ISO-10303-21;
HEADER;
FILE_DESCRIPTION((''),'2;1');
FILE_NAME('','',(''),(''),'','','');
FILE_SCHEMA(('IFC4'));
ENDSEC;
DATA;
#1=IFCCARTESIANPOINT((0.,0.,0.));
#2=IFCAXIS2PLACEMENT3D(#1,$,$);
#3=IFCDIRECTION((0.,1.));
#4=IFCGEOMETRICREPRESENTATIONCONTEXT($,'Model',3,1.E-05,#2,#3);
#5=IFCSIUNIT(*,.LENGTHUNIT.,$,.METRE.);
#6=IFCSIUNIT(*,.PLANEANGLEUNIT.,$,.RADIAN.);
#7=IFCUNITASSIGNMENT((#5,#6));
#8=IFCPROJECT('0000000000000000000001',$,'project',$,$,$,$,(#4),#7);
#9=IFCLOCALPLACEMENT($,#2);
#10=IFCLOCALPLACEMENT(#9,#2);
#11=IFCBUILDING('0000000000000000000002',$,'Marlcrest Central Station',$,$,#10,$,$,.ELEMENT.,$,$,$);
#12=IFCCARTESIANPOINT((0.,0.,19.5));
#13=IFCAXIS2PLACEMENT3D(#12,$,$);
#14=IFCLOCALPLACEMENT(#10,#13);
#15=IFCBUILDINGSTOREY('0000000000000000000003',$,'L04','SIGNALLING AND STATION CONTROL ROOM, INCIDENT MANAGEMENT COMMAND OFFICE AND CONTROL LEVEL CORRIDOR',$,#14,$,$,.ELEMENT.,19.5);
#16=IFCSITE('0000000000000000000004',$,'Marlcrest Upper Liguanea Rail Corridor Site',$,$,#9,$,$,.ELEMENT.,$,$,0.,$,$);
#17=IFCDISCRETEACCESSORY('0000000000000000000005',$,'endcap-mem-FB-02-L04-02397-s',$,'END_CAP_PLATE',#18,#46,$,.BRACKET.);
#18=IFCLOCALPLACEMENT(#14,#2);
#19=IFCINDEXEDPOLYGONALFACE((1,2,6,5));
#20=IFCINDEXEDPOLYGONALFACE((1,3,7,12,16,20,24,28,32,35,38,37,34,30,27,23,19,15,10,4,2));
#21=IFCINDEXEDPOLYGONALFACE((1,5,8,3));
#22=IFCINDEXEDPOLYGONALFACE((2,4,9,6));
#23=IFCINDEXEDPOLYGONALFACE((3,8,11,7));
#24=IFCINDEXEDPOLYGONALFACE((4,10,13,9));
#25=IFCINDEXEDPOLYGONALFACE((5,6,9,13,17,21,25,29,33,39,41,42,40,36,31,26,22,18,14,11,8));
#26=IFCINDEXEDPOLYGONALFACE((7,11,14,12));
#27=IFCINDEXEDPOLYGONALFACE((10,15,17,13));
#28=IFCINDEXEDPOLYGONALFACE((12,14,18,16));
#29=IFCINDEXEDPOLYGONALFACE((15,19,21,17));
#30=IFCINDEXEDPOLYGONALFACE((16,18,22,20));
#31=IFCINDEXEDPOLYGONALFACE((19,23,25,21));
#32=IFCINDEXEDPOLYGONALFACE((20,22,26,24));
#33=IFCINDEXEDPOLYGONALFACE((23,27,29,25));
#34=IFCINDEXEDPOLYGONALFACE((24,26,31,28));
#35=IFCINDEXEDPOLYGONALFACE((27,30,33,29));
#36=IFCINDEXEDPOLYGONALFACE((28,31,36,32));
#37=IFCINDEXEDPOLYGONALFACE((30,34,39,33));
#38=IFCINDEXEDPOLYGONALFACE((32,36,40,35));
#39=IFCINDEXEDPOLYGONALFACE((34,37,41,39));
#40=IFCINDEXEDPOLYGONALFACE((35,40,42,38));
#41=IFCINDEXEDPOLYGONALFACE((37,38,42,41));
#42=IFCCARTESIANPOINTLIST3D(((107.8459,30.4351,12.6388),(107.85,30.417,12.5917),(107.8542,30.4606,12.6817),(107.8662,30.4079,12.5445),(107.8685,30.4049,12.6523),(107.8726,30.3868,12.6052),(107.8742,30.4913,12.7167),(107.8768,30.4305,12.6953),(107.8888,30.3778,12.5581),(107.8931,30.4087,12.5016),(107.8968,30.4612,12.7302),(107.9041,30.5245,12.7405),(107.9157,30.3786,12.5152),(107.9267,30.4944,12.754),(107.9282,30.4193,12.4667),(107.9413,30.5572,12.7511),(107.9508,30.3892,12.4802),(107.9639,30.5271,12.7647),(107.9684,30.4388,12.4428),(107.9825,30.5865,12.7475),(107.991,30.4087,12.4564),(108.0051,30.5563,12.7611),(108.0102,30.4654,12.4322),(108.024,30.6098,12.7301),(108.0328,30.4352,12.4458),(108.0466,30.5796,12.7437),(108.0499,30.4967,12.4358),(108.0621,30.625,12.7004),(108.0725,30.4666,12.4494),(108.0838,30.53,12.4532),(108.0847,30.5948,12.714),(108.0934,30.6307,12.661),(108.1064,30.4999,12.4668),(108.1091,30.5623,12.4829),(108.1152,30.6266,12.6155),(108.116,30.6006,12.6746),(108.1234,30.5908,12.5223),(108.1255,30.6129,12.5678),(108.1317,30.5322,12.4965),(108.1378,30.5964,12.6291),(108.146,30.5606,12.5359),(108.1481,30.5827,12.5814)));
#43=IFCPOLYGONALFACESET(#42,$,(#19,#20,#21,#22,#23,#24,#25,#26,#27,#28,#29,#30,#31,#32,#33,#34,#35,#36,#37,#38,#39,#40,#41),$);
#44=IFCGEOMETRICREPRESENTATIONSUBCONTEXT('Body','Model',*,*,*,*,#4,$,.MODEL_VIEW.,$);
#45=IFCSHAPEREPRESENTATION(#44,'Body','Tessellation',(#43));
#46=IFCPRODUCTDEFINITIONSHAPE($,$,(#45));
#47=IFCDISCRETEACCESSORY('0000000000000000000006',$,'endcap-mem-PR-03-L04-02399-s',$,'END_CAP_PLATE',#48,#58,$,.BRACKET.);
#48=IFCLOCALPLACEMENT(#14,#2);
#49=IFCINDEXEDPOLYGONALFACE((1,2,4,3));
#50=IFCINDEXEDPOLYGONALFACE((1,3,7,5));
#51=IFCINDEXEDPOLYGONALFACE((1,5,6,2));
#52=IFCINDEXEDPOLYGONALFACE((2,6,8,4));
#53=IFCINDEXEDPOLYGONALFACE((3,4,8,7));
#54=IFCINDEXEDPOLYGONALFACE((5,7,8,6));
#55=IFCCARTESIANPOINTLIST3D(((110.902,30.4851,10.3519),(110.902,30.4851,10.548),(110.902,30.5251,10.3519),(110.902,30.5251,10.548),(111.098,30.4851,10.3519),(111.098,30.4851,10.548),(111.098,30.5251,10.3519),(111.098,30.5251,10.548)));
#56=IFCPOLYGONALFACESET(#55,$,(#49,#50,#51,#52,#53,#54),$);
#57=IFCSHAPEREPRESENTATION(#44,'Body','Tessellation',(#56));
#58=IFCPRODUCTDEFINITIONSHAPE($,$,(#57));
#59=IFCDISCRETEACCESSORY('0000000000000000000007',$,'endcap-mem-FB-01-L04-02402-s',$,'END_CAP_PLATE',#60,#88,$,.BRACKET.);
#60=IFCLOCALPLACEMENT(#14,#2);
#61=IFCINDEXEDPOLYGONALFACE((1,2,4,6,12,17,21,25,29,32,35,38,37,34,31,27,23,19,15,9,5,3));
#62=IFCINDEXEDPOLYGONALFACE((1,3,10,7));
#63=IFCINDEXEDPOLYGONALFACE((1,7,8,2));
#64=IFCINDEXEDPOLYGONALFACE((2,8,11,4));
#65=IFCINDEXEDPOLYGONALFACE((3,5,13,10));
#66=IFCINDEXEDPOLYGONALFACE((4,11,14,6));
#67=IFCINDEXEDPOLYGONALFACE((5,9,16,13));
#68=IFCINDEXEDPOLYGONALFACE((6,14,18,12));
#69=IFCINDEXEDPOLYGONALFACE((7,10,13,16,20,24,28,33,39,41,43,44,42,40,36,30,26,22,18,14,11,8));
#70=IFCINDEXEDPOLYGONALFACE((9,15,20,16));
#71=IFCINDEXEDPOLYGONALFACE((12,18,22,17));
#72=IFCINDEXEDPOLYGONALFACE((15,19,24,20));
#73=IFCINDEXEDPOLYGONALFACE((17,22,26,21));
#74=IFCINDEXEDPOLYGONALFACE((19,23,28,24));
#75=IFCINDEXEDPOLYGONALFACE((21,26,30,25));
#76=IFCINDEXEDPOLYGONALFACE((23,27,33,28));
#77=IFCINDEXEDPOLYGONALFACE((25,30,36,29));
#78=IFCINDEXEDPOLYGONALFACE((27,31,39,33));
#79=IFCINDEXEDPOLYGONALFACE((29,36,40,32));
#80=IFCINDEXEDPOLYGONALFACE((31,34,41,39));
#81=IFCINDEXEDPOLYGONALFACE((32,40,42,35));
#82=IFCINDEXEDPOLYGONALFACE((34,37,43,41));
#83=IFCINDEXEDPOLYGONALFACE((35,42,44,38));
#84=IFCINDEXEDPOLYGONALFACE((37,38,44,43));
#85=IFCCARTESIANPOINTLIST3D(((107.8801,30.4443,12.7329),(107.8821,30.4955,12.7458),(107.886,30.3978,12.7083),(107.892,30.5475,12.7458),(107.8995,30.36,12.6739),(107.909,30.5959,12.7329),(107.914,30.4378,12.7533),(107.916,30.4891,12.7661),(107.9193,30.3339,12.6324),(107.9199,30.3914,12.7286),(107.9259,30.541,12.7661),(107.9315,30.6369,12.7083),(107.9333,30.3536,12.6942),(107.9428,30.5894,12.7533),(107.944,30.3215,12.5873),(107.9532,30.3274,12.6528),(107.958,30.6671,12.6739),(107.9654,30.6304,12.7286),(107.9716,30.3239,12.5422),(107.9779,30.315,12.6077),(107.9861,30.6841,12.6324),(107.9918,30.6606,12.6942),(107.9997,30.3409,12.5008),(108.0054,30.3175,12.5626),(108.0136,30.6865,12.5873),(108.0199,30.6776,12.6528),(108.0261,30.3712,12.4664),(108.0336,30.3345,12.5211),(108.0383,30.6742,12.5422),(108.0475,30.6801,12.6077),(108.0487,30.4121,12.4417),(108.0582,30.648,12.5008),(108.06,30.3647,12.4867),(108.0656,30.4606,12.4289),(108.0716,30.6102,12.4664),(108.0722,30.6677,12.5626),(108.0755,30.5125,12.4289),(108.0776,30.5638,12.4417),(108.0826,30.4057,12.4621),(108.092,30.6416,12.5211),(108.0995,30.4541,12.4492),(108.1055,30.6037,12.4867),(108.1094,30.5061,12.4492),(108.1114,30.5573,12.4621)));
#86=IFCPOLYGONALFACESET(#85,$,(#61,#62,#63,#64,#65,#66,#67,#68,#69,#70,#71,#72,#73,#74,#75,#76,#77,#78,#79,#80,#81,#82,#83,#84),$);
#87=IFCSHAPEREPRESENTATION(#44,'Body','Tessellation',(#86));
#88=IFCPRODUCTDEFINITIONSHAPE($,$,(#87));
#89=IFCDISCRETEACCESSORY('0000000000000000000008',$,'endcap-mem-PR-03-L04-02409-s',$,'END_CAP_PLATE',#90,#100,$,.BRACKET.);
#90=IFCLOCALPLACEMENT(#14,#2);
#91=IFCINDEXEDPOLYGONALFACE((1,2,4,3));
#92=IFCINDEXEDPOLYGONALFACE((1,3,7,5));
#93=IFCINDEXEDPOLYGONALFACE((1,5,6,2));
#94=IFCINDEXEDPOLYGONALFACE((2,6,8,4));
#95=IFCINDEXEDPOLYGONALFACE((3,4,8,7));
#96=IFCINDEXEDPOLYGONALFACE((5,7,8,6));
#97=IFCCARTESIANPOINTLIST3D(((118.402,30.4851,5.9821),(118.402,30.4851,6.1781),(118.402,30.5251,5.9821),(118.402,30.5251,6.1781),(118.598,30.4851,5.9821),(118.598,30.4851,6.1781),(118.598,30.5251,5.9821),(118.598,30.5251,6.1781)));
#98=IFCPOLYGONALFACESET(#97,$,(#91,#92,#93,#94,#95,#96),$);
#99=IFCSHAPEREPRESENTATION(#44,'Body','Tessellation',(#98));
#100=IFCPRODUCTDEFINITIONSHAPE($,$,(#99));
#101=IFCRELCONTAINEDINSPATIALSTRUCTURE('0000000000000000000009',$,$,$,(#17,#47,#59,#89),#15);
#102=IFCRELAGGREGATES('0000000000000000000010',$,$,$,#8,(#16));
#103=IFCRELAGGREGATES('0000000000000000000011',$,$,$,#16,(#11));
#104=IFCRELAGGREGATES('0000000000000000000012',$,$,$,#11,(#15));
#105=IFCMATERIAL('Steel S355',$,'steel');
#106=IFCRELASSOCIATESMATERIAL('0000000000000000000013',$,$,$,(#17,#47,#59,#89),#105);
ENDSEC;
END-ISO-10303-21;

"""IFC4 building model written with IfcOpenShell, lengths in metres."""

from ifc_helpers import new_model, si_unit, direction, frame, origin, origin_2d, place, context, subcontext, project, spatial, rectangle, circle, extrude, material, element, save


model = new_model("IFC4")

# Units and contexts
model_context = context("Model", 3, precision=1e-05, world=origin(), true_north=direction((0.0, 1.0)))
body_context = subcontext(model_context, "Body", "Model", "MODEL_VIEW")
ifc_project = project(units=[si_unit("LENGTHUNIT", "METRE"), si_unit("PLANEANGLEUNIT", "RADIAN")], contexts=[model_context])

# Site, building, storey
site_placement = place(None, origin())
site = spatial("IfcSite", under=ifc_project, at=site_placement, Name="Marlcrest Upper Liguanea Rail Corridor Site", CompositionType="ELEMENT", RefElevation=0.0)
building_placement = place(site_placement, origin())
building = spatial("IfcBuilding", under=site, at=building_placement, Name="Marlcrest Central Station", CompositionType="ELEMENT")
storey_placement = place(building_placement, frame((0.0, 0.0, 19.5)))
storey = spatial("IfcBuildingStorey", under=building, at=storey_placement, Name="L04", Description="SIGNALLING AND STATION CONTROL ROOM, INCIDENT MANAGEMENT COMMAND OFFICE AND CONTROL LEVEL CORRIDOR", CompositionType="ELEMENT", Elevation=19.5)

# Shared definitions
ifc_material_1 = material(Name="Steel S355", Category="steel")

# Discrete accessories
discrete_accessory_1_placement = place(storey_placement, frame((108.0085, 30.4888, 12.6052), z_axis=(-0.564531, 0.752708, -0.338728), x_axis=(-0.8, -0.6, 0.0)))
element("IfcDiscreteAccessory", 1, at=discrete_accessory_1_placement, inside=storey, material=ifc_material_1, Name="endcap-mem-FB-02-L04-02397-s", ObjectType="END_CAP_PLATE", PredefinedType="BRACKET", context=body_context, shape_type="SweptSolid", body=[
    extrude(circle(Radius=0.1699, at=origin_2d()), origin(), (0.0, 0.0, 1.0), 0.04),
])
discrete_accessory_2_placement = place(storey_placement, frame((111.0, 30.4851, 10.45), z_axis=(0.0, 1.0, 0.0), x_axis=(-1.0, 0.0, 0.0)))
element("IfcDiscreteAccessory", 2, at=discrete_accessory_2_placement, inside=storey, material=ifc_material_1, Name="endcap-mem-PR-03-L04-02399-s", ObjectType="END_CAP_PLATE", PredefinedType="BRACKET", context=body_context, shape_type="SweptSolid", body=[
    extrude(rectangle(XDim=0.196, YDim=0.196, at=origin_2d()), origin(), (0.0, 0.0, 1.0), 0.04),
])
discrete_accessory_3_placement = place(storey_placement, frame((108.0127, 30.4976, 12.6077), z_axis=(-0.846277, 0.161196, -0.50777), x_axis=(-0.187112, -0.982339, 0.0)))
element("IfcDiscreteAccessory", 3, at=discrete_accessory_3_placement, inside=storey, material=ifc_material_1, Name="endcap-mem-FB-01-L04-02402-s", ObjectType="END_CAP_PLATE", PredefinedType="BRACKET", context=body_context, shape_type="SweptSolid", body=[
    extrude(circle(Radius=0.1858, at=origin_2d()), origin(), (0.0, 0.0, 1.0), 0.04),
])
discrete_accessory_4_placement = place(storey_placement, frame((118.5, 30.4851, 6.0801), z_axis=(0.0, 1.0, 0.0), x_axis=(-1.0, 0.0, 0.0)))
element("IfcDiscreteAccessory", 4, at=discrete_accessory_4_placement, inside=storey, material=ifc_material_1, Name="endcap-mem-PR-03-L04-02409-s", ObjectType="END_CAP_PLATE", PredefinedType="BRACKET", context=body_context, shape_type="SweptSolid", body=[
    extrude(rectangle(XDim=0.196, YDim=0.196, at=origin_2d()), origin(), (0.0, 0.0, 1.0), 0.04),
])

save(model, "model.ifc")
